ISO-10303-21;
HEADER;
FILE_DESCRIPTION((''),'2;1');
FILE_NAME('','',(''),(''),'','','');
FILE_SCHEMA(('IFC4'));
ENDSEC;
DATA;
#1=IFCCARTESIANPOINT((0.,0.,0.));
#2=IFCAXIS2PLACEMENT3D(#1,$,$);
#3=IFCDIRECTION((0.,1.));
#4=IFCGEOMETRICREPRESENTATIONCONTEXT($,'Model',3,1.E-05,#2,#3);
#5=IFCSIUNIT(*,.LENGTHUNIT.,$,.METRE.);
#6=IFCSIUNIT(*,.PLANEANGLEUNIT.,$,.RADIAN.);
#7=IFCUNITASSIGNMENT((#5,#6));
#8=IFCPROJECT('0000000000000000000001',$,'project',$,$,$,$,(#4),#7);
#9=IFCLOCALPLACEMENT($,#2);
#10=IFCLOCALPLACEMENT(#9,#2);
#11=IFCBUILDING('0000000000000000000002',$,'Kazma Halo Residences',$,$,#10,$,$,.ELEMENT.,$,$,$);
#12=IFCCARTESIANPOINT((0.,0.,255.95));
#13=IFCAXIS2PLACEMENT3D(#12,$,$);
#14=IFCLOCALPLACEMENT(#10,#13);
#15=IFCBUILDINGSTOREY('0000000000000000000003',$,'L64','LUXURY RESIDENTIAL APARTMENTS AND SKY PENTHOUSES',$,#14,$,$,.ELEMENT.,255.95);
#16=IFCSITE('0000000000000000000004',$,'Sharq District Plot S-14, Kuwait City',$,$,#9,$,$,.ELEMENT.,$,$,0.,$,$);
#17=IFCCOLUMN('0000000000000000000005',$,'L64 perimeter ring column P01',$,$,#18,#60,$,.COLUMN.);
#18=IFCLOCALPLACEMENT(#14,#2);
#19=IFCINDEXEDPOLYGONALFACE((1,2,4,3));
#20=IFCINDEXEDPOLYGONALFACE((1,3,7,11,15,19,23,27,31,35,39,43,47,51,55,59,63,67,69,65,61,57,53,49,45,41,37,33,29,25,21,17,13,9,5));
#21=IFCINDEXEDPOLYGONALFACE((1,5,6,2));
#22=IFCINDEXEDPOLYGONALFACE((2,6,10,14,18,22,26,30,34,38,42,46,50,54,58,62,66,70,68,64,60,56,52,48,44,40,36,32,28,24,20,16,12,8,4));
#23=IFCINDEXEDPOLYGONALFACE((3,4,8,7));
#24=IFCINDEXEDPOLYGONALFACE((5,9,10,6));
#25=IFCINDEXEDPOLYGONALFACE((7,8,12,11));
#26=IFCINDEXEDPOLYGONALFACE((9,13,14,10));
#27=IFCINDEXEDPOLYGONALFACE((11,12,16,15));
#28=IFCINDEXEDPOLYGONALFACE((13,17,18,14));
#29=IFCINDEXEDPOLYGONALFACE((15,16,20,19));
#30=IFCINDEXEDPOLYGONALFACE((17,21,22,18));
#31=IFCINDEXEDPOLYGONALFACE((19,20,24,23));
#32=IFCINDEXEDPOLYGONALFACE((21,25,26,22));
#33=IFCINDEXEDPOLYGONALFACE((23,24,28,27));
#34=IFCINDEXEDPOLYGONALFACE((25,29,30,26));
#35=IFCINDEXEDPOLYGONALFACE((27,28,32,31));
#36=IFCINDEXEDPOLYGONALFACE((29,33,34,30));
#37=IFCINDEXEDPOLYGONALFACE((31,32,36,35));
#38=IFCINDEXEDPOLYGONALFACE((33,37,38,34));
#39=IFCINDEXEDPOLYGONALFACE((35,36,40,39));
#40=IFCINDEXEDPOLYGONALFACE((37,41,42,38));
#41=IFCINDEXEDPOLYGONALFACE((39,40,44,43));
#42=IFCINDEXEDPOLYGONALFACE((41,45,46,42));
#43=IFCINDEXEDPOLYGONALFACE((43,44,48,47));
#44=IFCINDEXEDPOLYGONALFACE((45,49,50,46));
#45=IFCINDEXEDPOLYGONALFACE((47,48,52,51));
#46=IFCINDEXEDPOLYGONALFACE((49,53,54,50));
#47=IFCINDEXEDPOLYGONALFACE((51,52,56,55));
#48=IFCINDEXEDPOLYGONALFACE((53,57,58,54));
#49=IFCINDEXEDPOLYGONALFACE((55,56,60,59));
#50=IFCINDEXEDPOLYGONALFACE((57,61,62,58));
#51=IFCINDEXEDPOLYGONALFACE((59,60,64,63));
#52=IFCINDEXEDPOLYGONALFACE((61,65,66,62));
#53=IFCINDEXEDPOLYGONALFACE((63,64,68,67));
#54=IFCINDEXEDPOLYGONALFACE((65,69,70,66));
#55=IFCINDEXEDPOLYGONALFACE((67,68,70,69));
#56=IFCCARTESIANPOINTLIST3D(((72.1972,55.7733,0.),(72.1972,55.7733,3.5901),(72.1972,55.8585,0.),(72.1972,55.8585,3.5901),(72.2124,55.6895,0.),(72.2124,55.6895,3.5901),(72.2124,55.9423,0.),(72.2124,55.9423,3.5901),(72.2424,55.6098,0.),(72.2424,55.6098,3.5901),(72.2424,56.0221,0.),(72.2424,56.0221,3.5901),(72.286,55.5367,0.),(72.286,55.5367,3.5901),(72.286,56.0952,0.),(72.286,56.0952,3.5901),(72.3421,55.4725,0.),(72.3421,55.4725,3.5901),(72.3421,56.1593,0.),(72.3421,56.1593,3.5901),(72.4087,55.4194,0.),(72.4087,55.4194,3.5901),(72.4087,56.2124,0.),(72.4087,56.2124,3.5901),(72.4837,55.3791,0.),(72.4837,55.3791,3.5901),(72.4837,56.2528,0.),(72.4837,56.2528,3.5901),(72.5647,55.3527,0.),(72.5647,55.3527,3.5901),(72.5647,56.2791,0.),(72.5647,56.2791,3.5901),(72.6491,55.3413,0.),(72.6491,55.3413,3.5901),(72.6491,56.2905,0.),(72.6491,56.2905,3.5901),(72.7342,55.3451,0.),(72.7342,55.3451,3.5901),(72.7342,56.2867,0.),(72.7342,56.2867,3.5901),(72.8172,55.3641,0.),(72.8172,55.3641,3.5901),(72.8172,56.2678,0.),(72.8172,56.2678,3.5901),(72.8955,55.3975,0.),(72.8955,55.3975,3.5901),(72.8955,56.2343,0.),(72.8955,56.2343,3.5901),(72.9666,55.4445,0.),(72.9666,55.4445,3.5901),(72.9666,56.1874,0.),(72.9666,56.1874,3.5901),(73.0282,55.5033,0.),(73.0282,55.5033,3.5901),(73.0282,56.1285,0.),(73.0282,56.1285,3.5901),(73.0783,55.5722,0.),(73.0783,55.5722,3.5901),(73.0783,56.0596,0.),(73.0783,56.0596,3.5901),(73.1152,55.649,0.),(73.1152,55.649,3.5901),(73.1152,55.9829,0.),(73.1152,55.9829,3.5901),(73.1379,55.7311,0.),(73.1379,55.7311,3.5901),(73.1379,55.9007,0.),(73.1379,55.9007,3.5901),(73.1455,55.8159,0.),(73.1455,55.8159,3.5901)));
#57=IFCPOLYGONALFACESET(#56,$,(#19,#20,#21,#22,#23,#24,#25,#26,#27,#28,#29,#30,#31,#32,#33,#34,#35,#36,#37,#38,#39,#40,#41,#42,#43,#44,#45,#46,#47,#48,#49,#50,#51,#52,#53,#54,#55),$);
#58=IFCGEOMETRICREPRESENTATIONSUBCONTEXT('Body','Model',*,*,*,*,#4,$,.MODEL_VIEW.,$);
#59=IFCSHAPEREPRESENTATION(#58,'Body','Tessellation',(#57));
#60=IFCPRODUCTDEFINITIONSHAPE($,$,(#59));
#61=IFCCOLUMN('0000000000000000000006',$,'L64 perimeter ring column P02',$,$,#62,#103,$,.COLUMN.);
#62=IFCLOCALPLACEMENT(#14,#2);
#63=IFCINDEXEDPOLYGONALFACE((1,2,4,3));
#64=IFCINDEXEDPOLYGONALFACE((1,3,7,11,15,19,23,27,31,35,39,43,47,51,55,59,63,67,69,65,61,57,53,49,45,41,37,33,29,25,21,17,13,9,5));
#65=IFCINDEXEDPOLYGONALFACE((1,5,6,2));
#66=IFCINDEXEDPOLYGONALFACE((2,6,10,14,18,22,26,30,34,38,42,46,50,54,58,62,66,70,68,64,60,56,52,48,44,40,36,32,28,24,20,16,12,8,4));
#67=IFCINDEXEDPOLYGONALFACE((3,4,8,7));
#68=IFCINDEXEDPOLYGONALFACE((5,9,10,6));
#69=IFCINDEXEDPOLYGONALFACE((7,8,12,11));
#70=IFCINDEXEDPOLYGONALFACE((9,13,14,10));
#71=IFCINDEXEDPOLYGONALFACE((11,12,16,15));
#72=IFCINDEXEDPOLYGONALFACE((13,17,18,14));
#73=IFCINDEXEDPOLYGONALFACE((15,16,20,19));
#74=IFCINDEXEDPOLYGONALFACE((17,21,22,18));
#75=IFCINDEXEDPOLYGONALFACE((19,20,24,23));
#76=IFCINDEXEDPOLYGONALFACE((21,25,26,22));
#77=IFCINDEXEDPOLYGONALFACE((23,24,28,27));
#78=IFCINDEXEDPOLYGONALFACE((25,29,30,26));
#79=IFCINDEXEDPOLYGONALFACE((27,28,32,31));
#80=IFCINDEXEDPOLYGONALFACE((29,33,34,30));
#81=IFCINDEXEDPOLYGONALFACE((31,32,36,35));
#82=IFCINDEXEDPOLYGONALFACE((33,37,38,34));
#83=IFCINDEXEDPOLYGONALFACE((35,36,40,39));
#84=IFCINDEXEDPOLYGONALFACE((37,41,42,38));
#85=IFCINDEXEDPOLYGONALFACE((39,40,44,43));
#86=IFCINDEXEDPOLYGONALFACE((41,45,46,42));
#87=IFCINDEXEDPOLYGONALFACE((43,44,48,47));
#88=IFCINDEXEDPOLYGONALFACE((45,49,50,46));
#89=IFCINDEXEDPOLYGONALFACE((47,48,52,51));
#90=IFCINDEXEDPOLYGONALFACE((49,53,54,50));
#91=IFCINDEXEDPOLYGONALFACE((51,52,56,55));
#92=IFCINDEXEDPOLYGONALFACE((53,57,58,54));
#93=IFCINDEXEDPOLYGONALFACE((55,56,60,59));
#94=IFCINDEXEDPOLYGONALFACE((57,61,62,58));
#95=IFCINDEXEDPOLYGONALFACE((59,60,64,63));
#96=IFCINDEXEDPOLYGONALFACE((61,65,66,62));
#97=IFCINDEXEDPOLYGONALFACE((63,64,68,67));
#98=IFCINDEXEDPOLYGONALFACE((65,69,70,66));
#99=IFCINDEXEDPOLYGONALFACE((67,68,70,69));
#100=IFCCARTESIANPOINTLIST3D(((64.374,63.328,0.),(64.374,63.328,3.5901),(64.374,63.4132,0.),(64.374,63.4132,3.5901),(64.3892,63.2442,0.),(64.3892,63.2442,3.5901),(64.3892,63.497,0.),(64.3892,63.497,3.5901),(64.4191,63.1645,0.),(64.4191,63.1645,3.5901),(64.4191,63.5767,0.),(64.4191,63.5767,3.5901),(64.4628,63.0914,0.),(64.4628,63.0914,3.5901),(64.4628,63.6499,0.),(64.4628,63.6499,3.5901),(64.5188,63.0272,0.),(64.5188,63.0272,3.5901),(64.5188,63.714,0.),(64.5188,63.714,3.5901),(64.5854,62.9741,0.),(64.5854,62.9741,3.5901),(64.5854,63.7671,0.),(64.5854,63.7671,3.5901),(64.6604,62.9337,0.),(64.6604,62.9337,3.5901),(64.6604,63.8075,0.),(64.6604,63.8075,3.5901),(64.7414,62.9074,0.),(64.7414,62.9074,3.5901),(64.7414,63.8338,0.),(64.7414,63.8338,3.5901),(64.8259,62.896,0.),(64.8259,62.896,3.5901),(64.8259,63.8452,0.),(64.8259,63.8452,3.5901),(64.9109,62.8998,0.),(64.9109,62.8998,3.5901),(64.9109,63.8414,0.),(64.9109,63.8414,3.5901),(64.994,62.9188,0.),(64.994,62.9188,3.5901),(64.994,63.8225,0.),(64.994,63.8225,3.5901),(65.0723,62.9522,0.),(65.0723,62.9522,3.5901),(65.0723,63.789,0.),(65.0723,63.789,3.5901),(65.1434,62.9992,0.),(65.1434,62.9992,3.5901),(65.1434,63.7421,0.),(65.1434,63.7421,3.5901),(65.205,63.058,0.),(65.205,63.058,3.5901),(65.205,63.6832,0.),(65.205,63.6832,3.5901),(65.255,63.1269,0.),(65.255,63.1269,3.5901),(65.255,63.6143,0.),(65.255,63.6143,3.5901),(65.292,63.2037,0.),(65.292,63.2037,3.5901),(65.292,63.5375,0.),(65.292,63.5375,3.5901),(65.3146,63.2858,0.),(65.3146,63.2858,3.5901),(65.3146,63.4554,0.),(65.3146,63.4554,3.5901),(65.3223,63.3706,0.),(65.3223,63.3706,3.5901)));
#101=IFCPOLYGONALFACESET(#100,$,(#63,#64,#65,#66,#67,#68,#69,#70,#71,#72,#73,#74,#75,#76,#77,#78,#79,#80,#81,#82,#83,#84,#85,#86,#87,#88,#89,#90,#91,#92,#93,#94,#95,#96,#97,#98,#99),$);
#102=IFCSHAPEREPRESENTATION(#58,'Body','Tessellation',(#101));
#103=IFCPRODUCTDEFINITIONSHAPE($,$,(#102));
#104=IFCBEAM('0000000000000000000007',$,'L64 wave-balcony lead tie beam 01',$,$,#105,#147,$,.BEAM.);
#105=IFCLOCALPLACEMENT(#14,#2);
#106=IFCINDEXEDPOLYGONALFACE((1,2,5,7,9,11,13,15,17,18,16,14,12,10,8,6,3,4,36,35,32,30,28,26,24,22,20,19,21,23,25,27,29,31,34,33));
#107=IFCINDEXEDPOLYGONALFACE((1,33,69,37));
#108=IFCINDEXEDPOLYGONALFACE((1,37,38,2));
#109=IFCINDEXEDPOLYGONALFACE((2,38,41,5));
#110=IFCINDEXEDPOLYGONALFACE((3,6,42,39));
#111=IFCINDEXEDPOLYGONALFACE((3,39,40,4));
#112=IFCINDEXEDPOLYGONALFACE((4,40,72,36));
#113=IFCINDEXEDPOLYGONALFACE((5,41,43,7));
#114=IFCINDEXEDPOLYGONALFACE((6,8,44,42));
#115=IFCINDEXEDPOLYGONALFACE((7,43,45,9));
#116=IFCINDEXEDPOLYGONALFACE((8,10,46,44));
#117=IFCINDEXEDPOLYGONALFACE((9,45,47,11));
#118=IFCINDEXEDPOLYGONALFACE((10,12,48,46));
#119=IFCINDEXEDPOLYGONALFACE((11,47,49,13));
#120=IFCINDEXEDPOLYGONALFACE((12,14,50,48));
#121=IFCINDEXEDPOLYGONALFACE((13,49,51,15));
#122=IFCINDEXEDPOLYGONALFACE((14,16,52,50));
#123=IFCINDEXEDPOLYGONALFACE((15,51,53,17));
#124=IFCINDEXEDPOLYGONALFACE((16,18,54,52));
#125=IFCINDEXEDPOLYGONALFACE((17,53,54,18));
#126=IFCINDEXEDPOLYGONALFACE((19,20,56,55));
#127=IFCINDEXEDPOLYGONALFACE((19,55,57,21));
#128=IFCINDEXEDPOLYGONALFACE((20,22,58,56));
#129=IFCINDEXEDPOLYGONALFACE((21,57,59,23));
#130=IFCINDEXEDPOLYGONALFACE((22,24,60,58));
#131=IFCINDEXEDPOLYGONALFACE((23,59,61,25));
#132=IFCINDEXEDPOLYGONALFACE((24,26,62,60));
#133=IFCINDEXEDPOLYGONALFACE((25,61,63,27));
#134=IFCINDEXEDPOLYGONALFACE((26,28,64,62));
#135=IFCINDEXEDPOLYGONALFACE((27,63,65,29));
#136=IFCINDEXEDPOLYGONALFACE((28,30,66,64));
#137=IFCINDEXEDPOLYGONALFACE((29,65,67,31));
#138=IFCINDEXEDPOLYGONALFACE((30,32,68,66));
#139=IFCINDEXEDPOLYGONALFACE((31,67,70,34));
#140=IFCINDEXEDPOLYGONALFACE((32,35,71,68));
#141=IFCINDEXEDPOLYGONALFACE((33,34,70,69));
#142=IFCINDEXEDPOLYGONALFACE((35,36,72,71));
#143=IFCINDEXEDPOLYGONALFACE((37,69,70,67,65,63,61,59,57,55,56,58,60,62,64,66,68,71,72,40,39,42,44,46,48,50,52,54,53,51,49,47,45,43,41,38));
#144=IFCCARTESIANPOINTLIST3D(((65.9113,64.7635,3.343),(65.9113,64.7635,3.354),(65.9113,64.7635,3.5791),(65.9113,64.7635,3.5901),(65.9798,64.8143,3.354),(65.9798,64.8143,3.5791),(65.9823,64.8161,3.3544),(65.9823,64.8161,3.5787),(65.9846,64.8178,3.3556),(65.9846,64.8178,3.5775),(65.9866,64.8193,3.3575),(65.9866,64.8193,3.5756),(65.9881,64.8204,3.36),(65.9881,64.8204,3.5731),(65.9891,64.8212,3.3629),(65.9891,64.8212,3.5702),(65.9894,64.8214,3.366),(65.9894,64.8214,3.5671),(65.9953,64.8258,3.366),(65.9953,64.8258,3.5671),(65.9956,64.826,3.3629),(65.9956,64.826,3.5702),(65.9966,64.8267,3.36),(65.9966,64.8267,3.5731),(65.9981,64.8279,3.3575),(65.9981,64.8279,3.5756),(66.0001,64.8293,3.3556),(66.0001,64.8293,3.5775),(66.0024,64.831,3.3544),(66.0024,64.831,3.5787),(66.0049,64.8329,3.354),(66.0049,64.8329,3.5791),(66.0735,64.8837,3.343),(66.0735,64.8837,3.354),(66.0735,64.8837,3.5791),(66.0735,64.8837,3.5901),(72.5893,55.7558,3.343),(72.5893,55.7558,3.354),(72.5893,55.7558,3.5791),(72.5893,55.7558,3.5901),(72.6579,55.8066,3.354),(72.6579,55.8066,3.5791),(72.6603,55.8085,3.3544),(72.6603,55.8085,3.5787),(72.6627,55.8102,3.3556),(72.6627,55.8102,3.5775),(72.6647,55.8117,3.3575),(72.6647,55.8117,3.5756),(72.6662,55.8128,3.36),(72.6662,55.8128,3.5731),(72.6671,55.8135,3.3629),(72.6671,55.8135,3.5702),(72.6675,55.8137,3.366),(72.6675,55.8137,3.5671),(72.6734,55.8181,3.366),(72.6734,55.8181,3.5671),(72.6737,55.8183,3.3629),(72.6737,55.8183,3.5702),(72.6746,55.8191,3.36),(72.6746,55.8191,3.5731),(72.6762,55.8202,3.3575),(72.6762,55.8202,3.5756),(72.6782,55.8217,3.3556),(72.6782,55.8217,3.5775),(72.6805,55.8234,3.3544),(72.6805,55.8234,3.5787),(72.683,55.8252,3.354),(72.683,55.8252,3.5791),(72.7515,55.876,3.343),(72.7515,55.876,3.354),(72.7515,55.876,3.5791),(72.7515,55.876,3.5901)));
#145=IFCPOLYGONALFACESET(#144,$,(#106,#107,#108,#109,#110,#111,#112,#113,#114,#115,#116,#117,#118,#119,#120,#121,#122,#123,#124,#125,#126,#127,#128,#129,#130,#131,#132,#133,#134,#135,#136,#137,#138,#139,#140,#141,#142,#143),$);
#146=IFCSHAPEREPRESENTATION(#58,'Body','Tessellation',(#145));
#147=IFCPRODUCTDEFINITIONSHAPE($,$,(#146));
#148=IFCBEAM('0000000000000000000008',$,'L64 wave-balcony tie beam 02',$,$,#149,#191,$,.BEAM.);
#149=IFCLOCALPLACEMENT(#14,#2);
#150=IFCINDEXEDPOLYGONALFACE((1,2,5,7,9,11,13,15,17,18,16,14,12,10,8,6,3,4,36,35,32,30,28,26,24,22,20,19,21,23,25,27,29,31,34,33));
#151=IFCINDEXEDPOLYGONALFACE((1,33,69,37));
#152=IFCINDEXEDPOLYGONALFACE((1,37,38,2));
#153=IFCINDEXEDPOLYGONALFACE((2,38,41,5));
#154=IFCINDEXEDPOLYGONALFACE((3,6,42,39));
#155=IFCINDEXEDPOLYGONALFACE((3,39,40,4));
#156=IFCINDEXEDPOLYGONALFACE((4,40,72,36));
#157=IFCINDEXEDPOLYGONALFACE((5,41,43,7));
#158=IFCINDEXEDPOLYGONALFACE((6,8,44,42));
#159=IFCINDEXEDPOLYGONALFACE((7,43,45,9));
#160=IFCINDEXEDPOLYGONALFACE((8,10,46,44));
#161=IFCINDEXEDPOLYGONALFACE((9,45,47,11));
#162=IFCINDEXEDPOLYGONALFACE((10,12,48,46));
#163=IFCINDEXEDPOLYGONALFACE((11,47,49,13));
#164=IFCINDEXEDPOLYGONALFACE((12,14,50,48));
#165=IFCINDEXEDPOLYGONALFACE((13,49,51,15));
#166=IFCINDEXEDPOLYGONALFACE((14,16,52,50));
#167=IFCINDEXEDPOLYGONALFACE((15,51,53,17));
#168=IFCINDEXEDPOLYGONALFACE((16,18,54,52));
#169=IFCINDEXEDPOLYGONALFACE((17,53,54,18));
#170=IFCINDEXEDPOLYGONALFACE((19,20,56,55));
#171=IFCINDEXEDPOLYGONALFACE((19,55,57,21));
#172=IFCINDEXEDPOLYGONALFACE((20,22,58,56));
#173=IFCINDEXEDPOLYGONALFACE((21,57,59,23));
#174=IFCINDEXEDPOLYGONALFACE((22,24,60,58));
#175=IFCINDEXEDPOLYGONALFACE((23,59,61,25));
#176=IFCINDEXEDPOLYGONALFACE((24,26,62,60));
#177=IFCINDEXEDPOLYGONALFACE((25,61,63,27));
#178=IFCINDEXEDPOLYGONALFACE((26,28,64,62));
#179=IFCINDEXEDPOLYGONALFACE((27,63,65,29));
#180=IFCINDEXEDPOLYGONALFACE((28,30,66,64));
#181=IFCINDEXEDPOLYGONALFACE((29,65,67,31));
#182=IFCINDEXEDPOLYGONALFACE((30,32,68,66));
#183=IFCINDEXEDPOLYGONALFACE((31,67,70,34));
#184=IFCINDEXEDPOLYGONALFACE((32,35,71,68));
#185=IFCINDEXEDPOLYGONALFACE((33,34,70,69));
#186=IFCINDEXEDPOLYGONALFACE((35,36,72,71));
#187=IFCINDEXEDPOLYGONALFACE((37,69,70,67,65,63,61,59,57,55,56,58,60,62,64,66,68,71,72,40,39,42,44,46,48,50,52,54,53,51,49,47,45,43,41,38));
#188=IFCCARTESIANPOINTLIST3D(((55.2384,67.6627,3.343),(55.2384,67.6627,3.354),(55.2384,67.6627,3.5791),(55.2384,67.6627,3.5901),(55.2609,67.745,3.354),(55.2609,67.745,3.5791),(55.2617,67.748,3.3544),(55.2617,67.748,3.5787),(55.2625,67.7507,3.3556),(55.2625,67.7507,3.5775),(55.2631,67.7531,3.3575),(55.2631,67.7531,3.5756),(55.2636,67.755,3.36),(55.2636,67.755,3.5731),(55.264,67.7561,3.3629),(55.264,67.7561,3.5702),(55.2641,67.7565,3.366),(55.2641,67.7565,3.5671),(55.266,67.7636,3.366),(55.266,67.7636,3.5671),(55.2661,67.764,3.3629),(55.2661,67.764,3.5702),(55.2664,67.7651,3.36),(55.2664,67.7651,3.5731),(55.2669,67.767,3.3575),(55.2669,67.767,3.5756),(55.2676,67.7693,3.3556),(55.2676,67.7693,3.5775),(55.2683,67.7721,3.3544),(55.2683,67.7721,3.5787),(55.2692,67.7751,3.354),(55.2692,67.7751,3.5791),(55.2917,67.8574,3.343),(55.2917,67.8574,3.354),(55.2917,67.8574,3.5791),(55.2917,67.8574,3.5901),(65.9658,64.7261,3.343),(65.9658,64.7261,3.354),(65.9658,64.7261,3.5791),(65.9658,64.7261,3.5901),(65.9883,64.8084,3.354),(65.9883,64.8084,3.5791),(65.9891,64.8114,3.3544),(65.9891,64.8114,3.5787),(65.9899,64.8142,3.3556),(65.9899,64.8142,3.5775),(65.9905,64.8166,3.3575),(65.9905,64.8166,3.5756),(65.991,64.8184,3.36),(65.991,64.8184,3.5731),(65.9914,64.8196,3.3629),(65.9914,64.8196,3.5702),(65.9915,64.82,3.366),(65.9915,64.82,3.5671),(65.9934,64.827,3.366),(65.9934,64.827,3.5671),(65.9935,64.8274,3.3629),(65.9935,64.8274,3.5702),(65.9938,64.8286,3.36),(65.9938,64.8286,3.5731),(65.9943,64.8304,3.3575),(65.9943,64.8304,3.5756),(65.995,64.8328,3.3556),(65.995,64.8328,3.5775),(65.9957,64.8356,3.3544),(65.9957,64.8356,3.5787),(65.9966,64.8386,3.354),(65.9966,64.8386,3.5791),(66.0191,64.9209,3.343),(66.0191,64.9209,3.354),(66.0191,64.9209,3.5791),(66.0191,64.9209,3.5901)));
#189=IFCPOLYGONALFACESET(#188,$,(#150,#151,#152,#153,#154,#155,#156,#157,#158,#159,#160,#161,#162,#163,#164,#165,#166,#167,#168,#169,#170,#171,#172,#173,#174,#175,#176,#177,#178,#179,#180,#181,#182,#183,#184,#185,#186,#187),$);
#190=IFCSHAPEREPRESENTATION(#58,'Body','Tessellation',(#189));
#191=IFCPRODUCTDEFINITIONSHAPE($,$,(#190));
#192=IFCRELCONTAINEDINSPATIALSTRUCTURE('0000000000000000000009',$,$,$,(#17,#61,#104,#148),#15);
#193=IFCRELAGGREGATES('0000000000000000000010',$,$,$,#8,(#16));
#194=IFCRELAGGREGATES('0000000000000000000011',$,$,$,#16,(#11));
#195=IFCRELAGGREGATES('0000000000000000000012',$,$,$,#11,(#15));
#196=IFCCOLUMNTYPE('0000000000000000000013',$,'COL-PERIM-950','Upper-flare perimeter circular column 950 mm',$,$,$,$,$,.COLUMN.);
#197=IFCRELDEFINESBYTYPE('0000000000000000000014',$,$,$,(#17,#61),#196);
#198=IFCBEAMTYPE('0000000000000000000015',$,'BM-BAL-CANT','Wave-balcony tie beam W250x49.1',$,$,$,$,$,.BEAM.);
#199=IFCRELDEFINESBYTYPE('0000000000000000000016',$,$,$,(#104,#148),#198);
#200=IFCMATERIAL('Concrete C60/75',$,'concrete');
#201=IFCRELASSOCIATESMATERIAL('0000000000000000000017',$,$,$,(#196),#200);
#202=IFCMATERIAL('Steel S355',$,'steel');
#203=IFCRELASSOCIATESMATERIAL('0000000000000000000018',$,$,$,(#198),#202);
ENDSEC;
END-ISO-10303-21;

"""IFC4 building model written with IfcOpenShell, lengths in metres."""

from ifc_helpers import new_model, si_unit, direction, frame, origin, origin_2d, place, context, subcontext, project, spatial, circle, i_section, extrude, material, material_profile, profile_set, type_object, element, save


model = new_model("IFC4")

# Units and contexts
model_context = context("Model", 3, precision=1e-05, world=origin(), true_north=direction((0.0, 1.0)))
body_context = subcontext(model_context, "Body", "Model", "MODEL_VIEW")
ifc_project = project(units=[si_unit("LENGTHUNIT", "METRE"), si_unit("PLANEANGLEUNIT", "RADIAN")], contexts=[model_context])

# Site, building, storey
site_placement = place(None, origin())
site = spatial("IfcSite", under=ifc_project, at=site_placement, Name="Sharq District Plot S-14, Kuwait City", CompositionType="ELEMENT", RefElevation=0.0)
building_placement = place(site_placement, origin())
building = spatial("IfcBuilding", under=site, at=building_placement, Name="Kazma Halo Residences", CompositionType="ELEMENT")
storey_placement = place(building_placement, frame((0.0, 0.0, 255.95)))
storey = spatial("IfcBuildingStorey", under=building, at=storey_placement, Name="L64", Description="LUXURY RESIDENTIAL APARTMENTS AND SKY PENTHOUSES", CompositionType="ELEMENT", Elevation=255.95)

# Columns
ifc_material_1 = material(Name="Concrete C60/75", Category="concrete")
ifc_material_profile_1 = material_profile(ifc_material_1, circle(Radius=0.4751, at=origin_2d()), Name="CIRC950")
ifc_profile_set_1 = profile_set([ifc_material_profile_1], Name="Concrete C60/75")
column_type = type_object("IfcColumnType", Name="COL-PERIM-950", Description="Upper-flare perimeter circular column 950 mm", PredefinedType="COLUMN", material=ifc_profile_set_1)
for number, where, z_axis, x_axis, name in (
    (1, (72.6704, 55.8159, 0.0), (0.0, 0.0, 1.0), (1.0, 0.0, 0.0), "L64 perimeter ring column P01"),
    (2, (64.8472, 63.3706, 0.0), (0.0, 0.0, 1.0), (1.0, 0.0, 0.0), "L64 perimeter ring column P02"),
):
    element("IfcColumn", number, at=place(storey_placement, frame(where, z_axis=z_axis, x_axis=x_axis)), inside=storey, type_object=column_type, Name=name, PredefinedType="COLUMN", context=body_context, shape_type="SweptSolid", body=[
        extrude(circle(Radius=0.4751, at=origin_2d()), origin(), (0.0, 0.0, 1.0), 3.5901),
    ])

# Beams
ifc_material_2 = material(Name="Steel S355", Category="steel")
ifc_material_profile_2 = material_profile(ifc_material_2, i_section(OverallWidth=0.2019, OverallDepth=0.2471, WebThickness=0.0073, FlangeThickness=0.011, FilletRadius=0.012, at=origin_2d()), Name="W250x49.1")
ifc_profile_set_2 = profile_set([ifc_material_profile_2], Name="Steel S355")
beam_type_1 = type_object("IfcBeamType", Name="BM-BAL-CANT", Description="Wave-balcony tie beam W250x49.1", PredefinedType="BEAM", material=ifc_profile_set_2)
beam_1_placement = place(storey_placement, frame((72.6704, 55.8159, 3.4666), z_axis=(-0.595556, 0.803314, 0.0), x_axis=(-0.803314, -0.595556, 0.0)))
element("IfcBeam", 3, at=beam_1_placement, inside=storey, type_object=beam_type_1, Name="L64 wave-balcony lead tie beam 01", PredefinedType="BEAM", context=body_context, shape_type="SweptSolid", body=[
    extrude(i_section(OverallWidth=0.2019, OverallDepth=0.2471, WebThickness=0.0073, FlangeThickness=0.011, FilletRadius=0.012, at=origin_2d()), origin(), (0.0, 0.0, 1.0), 11.2131),
])
beam_2_placement = place(storey_placement, frame((65.9924, 64.8235, 3.4666), z_axis=(-0.964515, 0.264029, 0.0), x_axis=(-0.264029, -0.964515, 0.0)))
element("IfcBeam", 4, at=beam_2_placement, inside=storey, type_object=beam_type_1, Name="L64 wave-balcony tie beam 02", PredefinedType="BEAM", context=body_context, shape_type="SweptSolid", body=[
    extrude(i_section(OverallWidth=0.2019, OverallDepth=0.2471, WebThickness=0.0073, FlangeThickness=0.011, FilletRadius=0.012, at=origin_2d()), origin(), (0.0, 0.0, 1.0), 11.1221),
])

save(model, "model.ifc")
